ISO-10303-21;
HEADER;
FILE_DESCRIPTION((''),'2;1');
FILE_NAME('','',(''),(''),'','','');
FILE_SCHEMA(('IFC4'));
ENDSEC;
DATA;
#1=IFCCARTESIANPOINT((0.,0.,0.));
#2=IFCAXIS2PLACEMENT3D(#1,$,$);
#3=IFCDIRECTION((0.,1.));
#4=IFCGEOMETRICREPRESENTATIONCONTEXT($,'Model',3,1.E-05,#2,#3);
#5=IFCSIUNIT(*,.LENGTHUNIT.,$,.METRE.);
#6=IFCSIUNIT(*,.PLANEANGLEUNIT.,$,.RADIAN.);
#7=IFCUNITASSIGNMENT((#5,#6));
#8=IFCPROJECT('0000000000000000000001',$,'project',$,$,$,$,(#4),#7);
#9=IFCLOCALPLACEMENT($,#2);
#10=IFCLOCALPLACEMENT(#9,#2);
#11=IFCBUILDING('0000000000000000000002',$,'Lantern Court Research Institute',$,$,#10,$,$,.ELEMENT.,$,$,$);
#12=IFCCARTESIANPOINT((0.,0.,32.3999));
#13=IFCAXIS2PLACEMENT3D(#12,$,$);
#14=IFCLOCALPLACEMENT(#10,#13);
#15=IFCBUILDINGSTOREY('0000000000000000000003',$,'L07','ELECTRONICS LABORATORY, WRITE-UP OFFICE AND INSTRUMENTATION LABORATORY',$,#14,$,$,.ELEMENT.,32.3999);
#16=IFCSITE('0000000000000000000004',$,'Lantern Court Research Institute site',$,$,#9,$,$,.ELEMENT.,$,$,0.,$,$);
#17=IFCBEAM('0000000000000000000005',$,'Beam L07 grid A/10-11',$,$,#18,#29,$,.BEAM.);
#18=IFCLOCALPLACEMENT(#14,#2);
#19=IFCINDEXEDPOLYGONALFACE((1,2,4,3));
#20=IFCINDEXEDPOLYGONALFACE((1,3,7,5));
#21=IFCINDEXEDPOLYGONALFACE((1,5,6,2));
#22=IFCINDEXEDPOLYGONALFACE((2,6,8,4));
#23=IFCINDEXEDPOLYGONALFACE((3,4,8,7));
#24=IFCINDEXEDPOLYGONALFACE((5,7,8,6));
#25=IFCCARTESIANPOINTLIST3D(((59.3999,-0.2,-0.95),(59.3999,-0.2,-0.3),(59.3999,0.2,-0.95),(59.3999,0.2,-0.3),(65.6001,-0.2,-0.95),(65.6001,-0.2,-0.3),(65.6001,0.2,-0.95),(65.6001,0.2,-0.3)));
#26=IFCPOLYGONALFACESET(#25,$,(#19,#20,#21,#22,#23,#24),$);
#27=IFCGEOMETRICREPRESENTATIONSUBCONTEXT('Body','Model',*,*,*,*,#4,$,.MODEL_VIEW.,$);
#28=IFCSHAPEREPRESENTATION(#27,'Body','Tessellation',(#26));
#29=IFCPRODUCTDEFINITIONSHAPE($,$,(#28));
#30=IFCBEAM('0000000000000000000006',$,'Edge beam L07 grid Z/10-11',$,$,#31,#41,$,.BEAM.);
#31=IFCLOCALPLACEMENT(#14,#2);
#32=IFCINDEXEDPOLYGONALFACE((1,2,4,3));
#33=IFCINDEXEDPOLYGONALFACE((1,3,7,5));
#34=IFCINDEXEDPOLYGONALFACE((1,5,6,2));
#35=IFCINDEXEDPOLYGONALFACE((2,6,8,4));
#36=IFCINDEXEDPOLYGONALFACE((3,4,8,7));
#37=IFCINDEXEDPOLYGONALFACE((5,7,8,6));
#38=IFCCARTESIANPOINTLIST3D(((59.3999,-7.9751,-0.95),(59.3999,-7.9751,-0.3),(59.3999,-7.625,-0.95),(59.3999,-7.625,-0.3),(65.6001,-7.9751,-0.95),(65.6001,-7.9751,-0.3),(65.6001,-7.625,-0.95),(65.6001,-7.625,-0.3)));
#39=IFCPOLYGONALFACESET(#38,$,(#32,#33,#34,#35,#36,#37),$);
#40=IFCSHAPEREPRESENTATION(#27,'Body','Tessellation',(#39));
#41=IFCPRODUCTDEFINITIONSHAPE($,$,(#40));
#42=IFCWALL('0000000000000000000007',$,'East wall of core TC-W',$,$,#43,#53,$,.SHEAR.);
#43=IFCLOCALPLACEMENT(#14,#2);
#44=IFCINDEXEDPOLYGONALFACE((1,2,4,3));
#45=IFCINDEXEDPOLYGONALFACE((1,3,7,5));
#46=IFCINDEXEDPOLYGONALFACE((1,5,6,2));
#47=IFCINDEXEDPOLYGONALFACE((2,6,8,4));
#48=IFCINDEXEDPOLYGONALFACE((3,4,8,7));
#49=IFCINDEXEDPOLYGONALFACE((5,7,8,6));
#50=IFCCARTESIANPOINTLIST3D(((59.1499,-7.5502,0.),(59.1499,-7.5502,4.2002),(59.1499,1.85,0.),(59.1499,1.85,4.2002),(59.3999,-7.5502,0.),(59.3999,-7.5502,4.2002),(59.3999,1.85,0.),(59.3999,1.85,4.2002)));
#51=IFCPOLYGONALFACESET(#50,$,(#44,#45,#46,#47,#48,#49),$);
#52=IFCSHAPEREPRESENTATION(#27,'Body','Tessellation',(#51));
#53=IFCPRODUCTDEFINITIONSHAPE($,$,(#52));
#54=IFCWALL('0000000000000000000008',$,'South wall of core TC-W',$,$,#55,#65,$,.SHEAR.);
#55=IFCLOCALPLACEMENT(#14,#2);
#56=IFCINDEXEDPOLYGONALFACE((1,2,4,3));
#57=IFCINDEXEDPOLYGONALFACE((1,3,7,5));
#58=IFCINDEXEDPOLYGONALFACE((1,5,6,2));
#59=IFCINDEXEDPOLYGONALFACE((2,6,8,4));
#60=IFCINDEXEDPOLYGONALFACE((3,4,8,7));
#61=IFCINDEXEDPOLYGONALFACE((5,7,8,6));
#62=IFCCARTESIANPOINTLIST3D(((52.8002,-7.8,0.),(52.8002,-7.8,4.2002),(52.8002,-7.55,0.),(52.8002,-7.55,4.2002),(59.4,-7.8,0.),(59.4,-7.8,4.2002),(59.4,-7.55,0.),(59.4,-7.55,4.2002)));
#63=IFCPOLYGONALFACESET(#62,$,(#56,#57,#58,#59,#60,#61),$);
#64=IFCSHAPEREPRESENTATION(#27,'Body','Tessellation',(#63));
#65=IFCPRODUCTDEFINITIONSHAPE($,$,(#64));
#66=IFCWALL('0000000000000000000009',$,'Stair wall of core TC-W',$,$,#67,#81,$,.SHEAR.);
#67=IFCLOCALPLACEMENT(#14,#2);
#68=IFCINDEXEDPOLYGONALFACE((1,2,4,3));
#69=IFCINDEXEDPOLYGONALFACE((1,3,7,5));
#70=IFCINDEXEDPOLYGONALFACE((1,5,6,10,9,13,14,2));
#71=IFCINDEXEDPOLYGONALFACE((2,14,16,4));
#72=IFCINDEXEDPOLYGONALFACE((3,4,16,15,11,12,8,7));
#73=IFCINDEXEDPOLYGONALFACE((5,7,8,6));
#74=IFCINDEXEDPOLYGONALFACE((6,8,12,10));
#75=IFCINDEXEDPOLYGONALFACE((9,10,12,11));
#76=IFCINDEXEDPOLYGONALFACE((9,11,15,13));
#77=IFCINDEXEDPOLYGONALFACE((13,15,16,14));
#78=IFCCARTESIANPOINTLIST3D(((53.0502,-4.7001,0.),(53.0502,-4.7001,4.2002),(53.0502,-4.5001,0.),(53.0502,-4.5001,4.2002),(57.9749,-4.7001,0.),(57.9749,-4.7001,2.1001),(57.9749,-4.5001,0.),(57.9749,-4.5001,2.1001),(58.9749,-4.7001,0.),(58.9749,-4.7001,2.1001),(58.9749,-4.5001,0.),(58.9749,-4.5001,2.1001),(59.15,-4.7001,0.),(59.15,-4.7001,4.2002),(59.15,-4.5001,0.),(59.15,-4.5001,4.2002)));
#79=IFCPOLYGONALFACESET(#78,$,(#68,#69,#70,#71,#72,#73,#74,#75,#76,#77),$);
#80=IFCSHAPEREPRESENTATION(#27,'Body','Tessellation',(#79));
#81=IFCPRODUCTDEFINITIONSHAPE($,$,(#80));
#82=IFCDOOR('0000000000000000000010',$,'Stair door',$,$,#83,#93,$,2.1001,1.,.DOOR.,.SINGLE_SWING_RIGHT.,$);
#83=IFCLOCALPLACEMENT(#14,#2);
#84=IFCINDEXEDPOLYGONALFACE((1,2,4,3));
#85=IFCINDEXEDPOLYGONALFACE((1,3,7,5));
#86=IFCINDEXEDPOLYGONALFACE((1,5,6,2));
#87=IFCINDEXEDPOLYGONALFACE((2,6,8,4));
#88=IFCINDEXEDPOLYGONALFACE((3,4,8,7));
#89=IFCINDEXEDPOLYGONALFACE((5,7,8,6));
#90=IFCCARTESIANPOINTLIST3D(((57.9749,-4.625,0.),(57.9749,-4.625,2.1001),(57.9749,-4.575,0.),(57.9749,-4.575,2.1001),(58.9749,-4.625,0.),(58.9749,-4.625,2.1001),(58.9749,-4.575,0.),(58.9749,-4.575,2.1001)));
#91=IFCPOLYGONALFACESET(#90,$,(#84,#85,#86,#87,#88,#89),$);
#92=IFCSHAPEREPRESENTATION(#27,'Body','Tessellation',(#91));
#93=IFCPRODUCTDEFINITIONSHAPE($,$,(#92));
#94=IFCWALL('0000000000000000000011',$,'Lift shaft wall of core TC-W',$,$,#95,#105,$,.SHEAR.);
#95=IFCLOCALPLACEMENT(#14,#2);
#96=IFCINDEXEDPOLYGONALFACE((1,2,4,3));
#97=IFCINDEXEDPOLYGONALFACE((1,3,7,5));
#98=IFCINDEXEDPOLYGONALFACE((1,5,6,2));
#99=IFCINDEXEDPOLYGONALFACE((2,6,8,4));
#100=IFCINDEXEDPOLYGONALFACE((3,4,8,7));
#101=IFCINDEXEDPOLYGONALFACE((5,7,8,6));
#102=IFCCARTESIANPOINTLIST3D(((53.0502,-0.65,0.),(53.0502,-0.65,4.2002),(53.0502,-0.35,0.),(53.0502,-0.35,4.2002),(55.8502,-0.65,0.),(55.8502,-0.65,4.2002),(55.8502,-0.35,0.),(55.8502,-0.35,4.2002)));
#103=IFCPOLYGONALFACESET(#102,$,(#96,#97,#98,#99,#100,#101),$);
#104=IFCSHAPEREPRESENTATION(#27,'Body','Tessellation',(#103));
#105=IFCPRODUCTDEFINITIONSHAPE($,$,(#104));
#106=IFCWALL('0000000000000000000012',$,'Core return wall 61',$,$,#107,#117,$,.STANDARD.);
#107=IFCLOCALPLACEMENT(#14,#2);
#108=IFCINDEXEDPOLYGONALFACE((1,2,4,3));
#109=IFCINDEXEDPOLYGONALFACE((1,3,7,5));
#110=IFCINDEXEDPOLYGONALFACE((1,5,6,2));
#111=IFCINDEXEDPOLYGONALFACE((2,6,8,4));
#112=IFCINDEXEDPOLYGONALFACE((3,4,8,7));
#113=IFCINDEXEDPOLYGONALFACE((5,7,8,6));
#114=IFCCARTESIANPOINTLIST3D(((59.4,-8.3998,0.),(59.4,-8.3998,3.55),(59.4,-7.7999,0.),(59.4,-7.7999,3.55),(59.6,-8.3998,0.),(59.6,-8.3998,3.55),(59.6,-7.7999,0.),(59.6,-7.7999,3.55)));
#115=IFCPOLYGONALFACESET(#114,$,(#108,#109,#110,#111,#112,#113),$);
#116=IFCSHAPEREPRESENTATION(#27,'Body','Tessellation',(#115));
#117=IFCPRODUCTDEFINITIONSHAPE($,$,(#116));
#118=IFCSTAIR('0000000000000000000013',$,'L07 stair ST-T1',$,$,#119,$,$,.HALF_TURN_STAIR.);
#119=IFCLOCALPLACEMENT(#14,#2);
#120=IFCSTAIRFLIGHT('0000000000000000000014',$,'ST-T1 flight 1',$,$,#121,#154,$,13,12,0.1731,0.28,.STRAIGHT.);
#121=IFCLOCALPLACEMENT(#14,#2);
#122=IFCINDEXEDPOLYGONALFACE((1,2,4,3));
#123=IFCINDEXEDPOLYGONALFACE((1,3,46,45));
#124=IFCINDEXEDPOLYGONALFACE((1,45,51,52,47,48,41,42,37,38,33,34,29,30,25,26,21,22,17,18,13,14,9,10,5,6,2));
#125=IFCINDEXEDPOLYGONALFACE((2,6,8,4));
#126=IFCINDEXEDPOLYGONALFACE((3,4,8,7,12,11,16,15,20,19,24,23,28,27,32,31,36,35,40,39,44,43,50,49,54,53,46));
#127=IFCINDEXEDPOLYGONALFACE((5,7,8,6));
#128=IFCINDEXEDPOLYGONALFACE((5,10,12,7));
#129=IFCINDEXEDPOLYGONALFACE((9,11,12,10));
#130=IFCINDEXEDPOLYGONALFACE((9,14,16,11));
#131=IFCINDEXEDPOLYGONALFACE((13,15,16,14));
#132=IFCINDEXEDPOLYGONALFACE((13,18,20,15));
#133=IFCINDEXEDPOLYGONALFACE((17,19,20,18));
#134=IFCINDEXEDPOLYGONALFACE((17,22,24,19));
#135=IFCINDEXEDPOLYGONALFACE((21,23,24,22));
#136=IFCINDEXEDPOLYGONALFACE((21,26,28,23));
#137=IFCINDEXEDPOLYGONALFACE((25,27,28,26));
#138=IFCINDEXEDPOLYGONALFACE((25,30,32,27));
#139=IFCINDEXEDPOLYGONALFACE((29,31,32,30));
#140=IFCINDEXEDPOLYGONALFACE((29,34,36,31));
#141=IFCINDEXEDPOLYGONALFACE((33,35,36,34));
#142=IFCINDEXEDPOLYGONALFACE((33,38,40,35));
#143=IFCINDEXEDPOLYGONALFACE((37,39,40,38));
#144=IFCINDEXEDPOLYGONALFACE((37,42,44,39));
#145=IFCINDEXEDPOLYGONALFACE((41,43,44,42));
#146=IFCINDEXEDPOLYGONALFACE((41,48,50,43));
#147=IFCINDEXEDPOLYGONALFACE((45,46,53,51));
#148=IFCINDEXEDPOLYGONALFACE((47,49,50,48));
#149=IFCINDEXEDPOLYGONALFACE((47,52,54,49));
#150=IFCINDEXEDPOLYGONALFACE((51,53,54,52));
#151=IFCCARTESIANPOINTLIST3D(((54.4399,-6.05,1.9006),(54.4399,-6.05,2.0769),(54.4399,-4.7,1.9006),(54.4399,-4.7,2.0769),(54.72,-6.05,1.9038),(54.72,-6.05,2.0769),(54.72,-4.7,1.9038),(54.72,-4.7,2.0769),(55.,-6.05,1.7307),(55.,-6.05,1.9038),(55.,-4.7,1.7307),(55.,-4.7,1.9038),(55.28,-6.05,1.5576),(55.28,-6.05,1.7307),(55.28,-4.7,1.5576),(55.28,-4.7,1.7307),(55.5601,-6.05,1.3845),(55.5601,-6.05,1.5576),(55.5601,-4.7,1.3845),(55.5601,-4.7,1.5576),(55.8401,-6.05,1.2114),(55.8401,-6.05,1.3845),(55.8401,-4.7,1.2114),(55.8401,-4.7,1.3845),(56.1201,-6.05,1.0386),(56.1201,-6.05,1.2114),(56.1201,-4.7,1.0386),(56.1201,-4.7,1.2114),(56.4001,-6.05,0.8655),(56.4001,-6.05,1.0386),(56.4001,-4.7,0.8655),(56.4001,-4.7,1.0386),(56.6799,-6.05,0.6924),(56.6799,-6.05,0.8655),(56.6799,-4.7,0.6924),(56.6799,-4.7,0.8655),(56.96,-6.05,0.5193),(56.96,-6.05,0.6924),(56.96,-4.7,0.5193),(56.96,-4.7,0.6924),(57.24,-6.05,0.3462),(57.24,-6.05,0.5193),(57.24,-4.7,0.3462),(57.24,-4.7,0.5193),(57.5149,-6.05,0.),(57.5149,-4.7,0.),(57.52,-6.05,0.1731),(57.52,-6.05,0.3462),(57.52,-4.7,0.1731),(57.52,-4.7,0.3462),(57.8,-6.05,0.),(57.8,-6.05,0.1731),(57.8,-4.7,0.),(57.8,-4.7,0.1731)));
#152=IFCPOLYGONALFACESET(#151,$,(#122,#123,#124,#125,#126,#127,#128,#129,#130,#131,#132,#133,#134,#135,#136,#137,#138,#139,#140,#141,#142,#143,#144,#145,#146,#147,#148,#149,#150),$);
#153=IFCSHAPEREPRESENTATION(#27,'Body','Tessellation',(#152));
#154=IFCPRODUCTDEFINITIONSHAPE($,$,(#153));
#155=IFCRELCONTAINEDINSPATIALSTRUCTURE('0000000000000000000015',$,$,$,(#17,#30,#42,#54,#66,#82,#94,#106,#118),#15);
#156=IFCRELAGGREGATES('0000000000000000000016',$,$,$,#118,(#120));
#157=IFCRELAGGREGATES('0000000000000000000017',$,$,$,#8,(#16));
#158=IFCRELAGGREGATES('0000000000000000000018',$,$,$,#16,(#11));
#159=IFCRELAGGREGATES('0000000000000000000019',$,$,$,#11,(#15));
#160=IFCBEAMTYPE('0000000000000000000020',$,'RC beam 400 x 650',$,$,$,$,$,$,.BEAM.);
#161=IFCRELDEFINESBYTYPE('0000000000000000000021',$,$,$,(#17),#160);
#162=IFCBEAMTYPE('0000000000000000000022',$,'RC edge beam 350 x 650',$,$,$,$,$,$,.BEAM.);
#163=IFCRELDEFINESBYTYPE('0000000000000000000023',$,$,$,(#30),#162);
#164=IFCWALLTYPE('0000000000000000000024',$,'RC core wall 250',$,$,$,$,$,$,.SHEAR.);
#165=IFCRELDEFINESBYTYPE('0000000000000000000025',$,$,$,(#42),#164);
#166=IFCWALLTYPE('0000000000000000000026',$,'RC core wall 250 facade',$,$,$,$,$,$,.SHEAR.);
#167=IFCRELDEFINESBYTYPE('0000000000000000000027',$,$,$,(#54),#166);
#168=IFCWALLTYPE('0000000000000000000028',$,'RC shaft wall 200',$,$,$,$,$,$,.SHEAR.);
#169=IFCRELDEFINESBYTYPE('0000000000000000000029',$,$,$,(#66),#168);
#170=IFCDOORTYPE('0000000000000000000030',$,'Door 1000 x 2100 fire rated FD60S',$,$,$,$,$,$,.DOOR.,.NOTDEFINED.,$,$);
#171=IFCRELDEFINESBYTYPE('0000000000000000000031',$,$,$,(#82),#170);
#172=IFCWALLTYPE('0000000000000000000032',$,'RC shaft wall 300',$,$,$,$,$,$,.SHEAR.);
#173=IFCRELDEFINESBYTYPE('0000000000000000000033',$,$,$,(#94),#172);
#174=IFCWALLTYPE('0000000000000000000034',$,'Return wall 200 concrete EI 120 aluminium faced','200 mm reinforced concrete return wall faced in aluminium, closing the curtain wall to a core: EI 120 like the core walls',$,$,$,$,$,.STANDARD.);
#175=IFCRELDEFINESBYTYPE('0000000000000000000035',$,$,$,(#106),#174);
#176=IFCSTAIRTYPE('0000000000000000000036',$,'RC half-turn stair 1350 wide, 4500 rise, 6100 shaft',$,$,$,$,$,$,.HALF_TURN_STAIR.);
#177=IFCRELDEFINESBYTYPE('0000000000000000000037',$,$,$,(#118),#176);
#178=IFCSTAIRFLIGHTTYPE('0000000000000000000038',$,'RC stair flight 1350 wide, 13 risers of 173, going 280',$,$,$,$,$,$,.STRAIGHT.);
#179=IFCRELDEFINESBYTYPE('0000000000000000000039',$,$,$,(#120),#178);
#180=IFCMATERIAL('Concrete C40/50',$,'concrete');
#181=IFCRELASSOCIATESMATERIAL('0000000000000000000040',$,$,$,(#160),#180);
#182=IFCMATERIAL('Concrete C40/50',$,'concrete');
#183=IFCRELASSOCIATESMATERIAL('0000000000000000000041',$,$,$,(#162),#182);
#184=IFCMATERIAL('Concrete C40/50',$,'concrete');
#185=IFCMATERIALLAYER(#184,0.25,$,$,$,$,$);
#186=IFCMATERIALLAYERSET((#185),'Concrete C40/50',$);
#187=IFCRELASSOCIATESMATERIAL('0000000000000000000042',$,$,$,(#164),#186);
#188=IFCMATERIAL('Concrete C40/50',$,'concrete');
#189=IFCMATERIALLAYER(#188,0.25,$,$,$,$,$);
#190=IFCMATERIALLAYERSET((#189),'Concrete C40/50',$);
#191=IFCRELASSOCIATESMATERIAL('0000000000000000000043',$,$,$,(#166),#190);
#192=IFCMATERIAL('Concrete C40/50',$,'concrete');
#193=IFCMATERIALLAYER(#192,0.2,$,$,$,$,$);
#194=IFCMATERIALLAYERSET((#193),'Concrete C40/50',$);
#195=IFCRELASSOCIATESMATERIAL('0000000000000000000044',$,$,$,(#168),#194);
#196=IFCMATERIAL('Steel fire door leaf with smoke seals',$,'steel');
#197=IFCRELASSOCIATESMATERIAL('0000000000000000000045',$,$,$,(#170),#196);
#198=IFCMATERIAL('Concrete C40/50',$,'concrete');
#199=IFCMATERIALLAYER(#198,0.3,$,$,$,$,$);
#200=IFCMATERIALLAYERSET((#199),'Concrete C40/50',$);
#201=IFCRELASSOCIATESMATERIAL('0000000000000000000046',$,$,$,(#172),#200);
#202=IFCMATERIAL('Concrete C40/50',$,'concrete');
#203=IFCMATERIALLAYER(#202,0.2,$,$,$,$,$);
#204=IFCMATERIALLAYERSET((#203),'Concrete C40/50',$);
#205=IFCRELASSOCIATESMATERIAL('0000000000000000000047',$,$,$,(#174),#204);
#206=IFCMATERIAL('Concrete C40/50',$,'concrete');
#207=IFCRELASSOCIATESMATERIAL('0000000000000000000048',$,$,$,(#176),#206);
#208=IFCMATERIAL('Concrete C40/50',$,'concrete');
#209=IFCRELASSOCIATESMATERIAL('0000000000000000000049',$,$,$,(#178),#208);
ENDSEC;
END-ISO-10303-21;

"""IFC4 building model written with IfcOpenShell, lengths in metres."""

from ifc_helpers import new_model, si_unit, direction, frame, frame_2d, origin, origin_2d, place, context, subcontext, project, spatial, polyline, rectangle, outline, extrude, material, layer, layer_set, material_profile, profile_set, type_object, element, fill, aggregate, save


model = new_model("IFC4")

# Units and contexts
model_context = context("Model", 3, precision=1e-05, world=origin(), true_north=direction((0.0, 1.0)))
body_context = subcontext(model_context, "Body", "Model", "MODEL_VIEW")
ifc_project = project(units=[si_unit("LENGTHUNIT", "METRE"), si_unit("PLANEANGLEUNIT", "RADIAN")], contexts=[model_context])

# Site, building, storey
site_placement = place(None, origin())
site = spatial("IfcSite", under=ifc_project, at=site_placement, Name="Lantern Court Research Institute site", CompositionType="ELEMENT", RefElevation=0.0)
building_placement = place(site_placement, origin())
building = spatial("IfcBuilding", under=site, at=building_placement, Name="Lantern Court Research Institute", CompositionType="ELEMENT")
storey_placement = place(building_placement, frame((0.0, 0.0, 32.3999)))
storey = spatial("IfcBuildingStorey", under=building, at=storey_placement, Name="L07", Description="ELECTRONICS LABORATORY, WRITE-UP OFFICE AND INSTRUMENTATION LABORATORY", CompositionType="ELEMENT", Elevation=32.3999)

# Beams
ifc_material_1 = material(Name="Concrete C40/50", Category="concrete")
ifc_material_profile_1 = material_profile(ifc_material_1, rectangle(XDim=0.3999, YDim=0.6499, at=origin_2d()), Name="RC beam 400 x 650")
ifc_profile_set_1 = profile_set([ifc_material_profile_1], Name="Concrete C40/50")
beam_type_1 = type_object("IfcBeamType", Name="RC beam 400 x 650", PredefinedType="BEAM", material=ifc_profile_set_1)
beam_1_placement = place(storey_placement, frame((59.3999, 0.0, -0.625), z_axis=(1.0, 0.0, 0.0), x_axis=(0.0, 1.0, 0.0)))
element("IfcBeam", 1, at=beam_1_placement, inside=storey, type_object=beam_type_1, Name="Beam L07 grid A/10-11", PredefinedType="BEAM", context=body_context, shape_type="SweptSolid", body=[
    extrude(rectangle(XDim=0.3999, YDim=0.6499, at=origin_2d()), origin(), (0.0, 0.0, 1.0), 6.2002),
])
ifc_material_2 = material(Name="Concrete C40/50", Category="concrete")
ifc_material_profile_2 = material_profile(ifc_material_2, rectangle(XDim=0.3501, YDim=0.6499, at=origin_2d()), Name="RC beam 350 x 650")
ifc_profile_set_2 = profile_set([ifc_material_profile_2], Name="Concrete C40/50")
beam_type_2 = type_object("IfcBeamType", Name="RC edge beam 350 x 650", PredefinedType="BEAM", material=ifc_profile_set_2)
beam_2_placement = place(storey_placement, frame((59.3999, -7.8, -0.625), z_axis=(1.0, 0.0, 0.0), x_axis=(0.0, 1.0, 0.0)))
element("IfcBeam", 2, at=beam_2_placement, inside=storey, type_object=beam_type_2, Name="Edge beam L07 grid Z/10-11", PredefinedType="BEAM", context=body_context, shape_type="SweptSolid", body=[
    extrude(rectangle(XDim=0.3501, YDim=0.6499, at=origin_2d()), origin(), (0.0, 0.0, 1.0), 6.2002),
])

# Walls
ifc_material_3 = material(Name="Concrete C40/50", Category="concrete")
ifc_layer_1 = layer(ifc_material_3, 0.25)
ifc_layer_set_1 = layer_set([ifc_layer_1], Name="Concrete C40/50")
wall_type_1 = type_object("IfcWallType", Name="RC core wall 250", PredefinedType="SHEAR", material=ifc_layer_set_1)
wall_1_placement = place(storey_placement, frame((59.2749, 1.8501, 0.0), z_axis=(0.0, 0.0, 1.0), x_axis=(0.0, -1.0, 0.0)))
element("IfcWall", 3, at=wall_1_placement, inside=storey, type_object=wall_type_1, Name="East wall of core TC-W", PredefinedType="SHEAR", context=body_context, shape_type="SweptSolid", body=[
    extrude(rectangle(XDim=9.4001, YDim=0.25, at=frame_2d((4.7002, 0.0))), origin(), (0.0, 0.0, 1.0), 4.2002),
])
ifc_material_4 = material(Name="Concrete C40/50", Category="concrete")
ifc_layer_2 = layer(ifc_material_4, 0.25)
ifc_layer_set_2 = layer_set([ifc_layer_2], Name="Concrete C40/50")
wall_type_2 = type_object("IfcWallType", Name="RC core wall 250 facade", PredefinedType="SHEAR", material=ifc_layer_set_2)
wall_2_placement = place(storey_placement, frame((59.3999, -7.675, 0.0), z_axis=(0.0, 0.0, 1.0), x_axis=(-1.0, 0.0, 0.0)))
element("IfcWall", 4, at=wall_2_placement, inside=storey, type_object=wall_type_2, Name="South wall of core TC-W", PredefinedType="SHEAR", context=body_context, shape_type="SweptSolid", body=[
    extrude(rectangle(XDim=6.5999, YDim=0.25, at=frame_2d((3.2998, 0.0))), origin(), (0.0, 0.0, 1.0), 4.2002),
])

# Wall, opening, door
ifc_material_5 = material(Name="Concrete C40/50", Category="concrete")
ifc_layer_3 = layer(ifc_material_5, 0.2)
ifc_layer_set_3 = layer_set([ifc_layer_3], Name="Concrete C40/50")
wall_type_3 = type_object("IfcWallType", Name="RC shaft wall 200", PredefinedType="SHEAR", material=ifc_layer_set_3)
wall_3_placement = place(storey_placement, frame((59.1499, -4.6001, 0.0), z_axis=(0.0, 0.0, 1.0), x_axis=(-1.0, 0.0, 0.0)))
wall_3 = element("IfcWall", 5, at=wall_3_placement, inside=storey, type_object=wall_type_3, Name="Stair wall of core TC-W", PredefinedType="SHEAR", context=body_context, shape_type="SweptSolid", body=[
    extrude(rectangle(XDim=6.0999, YDim=0.2, at=frame_2d((3.0498, 0.0))), origin(), (0.0, 0.0, 1.0), 4.2002),
])
opening_1_placement = place(wall_3_placement, frame((0.175, 0.0, 0.0)))
opening_1 = element("IfcOpeningElement", 6, at=opening_1_placement, cuts=wall_3, PredefinedType="OPENING", context=body_context, shape_type="SweptSolid", body=[
    extrude(rectangle(XDim=1.0, YDim=2.1001, at=frame_2d((0.5, 1.05))), frame((0.0, 0.1099, 0.0), z_axis=(0.0, -1.0, 0.0), x_axis=(1.0, 0.0, 0.0)), (0.0, 0.0, 1.0), 0.22),
])
ifc_material_6 = material(Name="Steel fire door leaf with smoke seals", Category="steel")
door_type_1 = type_object("IfcDoorType", Name="Door 1000 x 2100 fire rated FD60S", OperationType="NOTDEFINED", PredefinedType="DOOR", material=ifc_material_6)
door_1_placement = place(opening_1_placement, origin())
door_1 = element("IfcDoor", 7, at=door_1_placement, inside=storey, type_object=door_type_1, Name="Stair door", OperationType="SINGLE_SWING_RIGHT", OverallHeight=2.1001, OverallWidth=1.0, PredefinedType="DOOR", context=body_context, shape_type="SweptSolid", body=[
    extrude(rectangle(XDim=1.0, YDim=2.1001, at=frame_2d((0.5, 1.05))), frame((0.0, 0.0249, 0.0), z_axis=(0.0, -1.0, 0.0), x_axis=(1.0, 0.0, 0.0)), (0.0, 0.0, 1.0), 0.05),
])
fill(opening_1, door_1)

# Shared definitions
ifc_material_7 = material(Name="Concrete C40/50", Category="concrete")
ifc_layer_4 = layer(ifc_material_7, 0.3)
ifc_layer_set_4 = layer_set([ifc_layer_4], Name="Concrete C40/50")
wall_type_4 = type_object("IfcWallType", Name="RC shaft wall 300", PredefinedType="SHEAR", material=ifc_layer_set_4)

# Walls
wall_4_placement = place(storey_placement, frame((55.8501, -0.5, 0.0), z_axis=(0.0, 0.0, 1.0), x_axis=(-1.0, 0.0, 0.0)))
element("IfcWall", 8, at=wall_4_placement, inside=storey, type_object=wall_type_4, Name="Lift shaft wall of core TC-W", PredefinedType="SHEAR", context=body_context, shape_type="SweptSolid", body=[
    extrude(rectangle(XDim=2.8, YDim=0.3, at=frame_2d((1.3999, 0.0))), origin(), (0.0, 0.0, 1.0), 4.2002),
])
ifc_material_8 = material(Name="Concrete C40/50", Category="concrete")
ifc_layer_5 = layer(ifc_material_8, 0.2)
ifc_layer_set_5 = layer_set([ifc_layer_5], Name="Concrete C40/50")
wall_type_5 = type_object("IfcWallType", Name="Return wall 200 concrete EI 120 aluminium faced", Description="200 mm reinforced concrete return wall faced in aluminium, closing the curtain wall to a core: EI 120 like the core walls", PredefinedType="STANDARD", material=ifc_layer_set_5)
wall_5_placement = place(storey_placement, frame((59.5, -7.8, 0.0), z_axis=(0.0, 0.0, 1.0), x_axis=(0.0, -1.0, 0.0)))
element("IfcWall", 9, at=wall_5_placement, inside=storey, type_object=wall_type_5, Name="Core return wall 61", PredefinedType="STANDARD", context=body_context, shape_type="SweptSolid", body=[
    extrude(rectangle(XDim=0.5999, YDim=0.2, at=frame_2d((0.2998, 0.0))), origin(), (0.0, 0.0, 1.0), 3.55),
])

# Stair, stair flight
ifc_material_9 = material(Name="Concrete C40/50", Category="concrete")
stair_type = type_object("IfcStairType", Name="RC half-turn stair 1350 wide, 4500 rise, 6100 shaft", PredefinedType="HALF_TURN_STAIR", material=ifc_material_9)
stair_placement = place(storey_placement, origin())
stair = element("IfcStair", 10, at=stair_placement, inside=storey, type_object=stair_type, Name="L07 stair ST-T1", PredefinedType="HALF_TURN_STAIR")
ifc_material_10 = material(Name="Concrete C40/50", Category="concrete")
stair_flight_type = type_object("IfcStairFlightType", Name="RC stair flight 1350 wide, 13 risers of 173, going 280", PredefinedType="STRAIGHT", material=ifc_material_10)
stair_flight_1_placement = place(storey_placement, frame((57.8, -5.375, 0.0), z_axis=(0.0, 0.0, 1.0), x_axis=(-1.0, 0.0, 0.0)))
stair_flight_1 = element("IfcStairFlight", 11, at=stair_flight_1_placement, type_object=stair_flight_type, Name="ST-T1 flight 1", NumberOfRisers=13, NumberOfTreads=12, PredefinedType="STRAIGHT", RiserHeight=0.1731, TreadLength=0.28, context=body_context, shape_type="SweptSolid", body=[
    extrude(outline(polyline([(0.0, 0.0), (0.0, 0.1731), (0.28, 0.1731), (0.28, 0.3462), (0.5601, 0.3462), (0.5601, 0.5193), (0.8401, 0.5193), (0.8401, 0.6924), (1.1201, 0.6924), (1.1201, 0.8655), (1.3999, 0.8655), (1.3999, 1.0386), (1.6799, 1.0386), (1.6799, 1.2114), (1.96, 1.2114), (1.96, 1.3845), (2.24, 1.3845), (2.24, 1.5576), (2.52, 1.5576), (2.52, 1.7307), (2.8, 1.7307), (2.8, 1.9038), (3.0801, 1.9038), (3.0801, 2.0769), (3.3601, 2.0769), (3.3601, 2.25), (3.3601, 1.9006), (0.2852, 0.0), (0.0, 0.0)])), frame((0.0, 0.675, 0.0), z_axis=(0.0, -1.0, 0.0), x_axis=(1.0, 0.0, 0.0)), (0.0, 0.0, 1.0), 1.3501),
])
aggregate(stair, [stair_flight_1])

save(model, "model.ifc")
